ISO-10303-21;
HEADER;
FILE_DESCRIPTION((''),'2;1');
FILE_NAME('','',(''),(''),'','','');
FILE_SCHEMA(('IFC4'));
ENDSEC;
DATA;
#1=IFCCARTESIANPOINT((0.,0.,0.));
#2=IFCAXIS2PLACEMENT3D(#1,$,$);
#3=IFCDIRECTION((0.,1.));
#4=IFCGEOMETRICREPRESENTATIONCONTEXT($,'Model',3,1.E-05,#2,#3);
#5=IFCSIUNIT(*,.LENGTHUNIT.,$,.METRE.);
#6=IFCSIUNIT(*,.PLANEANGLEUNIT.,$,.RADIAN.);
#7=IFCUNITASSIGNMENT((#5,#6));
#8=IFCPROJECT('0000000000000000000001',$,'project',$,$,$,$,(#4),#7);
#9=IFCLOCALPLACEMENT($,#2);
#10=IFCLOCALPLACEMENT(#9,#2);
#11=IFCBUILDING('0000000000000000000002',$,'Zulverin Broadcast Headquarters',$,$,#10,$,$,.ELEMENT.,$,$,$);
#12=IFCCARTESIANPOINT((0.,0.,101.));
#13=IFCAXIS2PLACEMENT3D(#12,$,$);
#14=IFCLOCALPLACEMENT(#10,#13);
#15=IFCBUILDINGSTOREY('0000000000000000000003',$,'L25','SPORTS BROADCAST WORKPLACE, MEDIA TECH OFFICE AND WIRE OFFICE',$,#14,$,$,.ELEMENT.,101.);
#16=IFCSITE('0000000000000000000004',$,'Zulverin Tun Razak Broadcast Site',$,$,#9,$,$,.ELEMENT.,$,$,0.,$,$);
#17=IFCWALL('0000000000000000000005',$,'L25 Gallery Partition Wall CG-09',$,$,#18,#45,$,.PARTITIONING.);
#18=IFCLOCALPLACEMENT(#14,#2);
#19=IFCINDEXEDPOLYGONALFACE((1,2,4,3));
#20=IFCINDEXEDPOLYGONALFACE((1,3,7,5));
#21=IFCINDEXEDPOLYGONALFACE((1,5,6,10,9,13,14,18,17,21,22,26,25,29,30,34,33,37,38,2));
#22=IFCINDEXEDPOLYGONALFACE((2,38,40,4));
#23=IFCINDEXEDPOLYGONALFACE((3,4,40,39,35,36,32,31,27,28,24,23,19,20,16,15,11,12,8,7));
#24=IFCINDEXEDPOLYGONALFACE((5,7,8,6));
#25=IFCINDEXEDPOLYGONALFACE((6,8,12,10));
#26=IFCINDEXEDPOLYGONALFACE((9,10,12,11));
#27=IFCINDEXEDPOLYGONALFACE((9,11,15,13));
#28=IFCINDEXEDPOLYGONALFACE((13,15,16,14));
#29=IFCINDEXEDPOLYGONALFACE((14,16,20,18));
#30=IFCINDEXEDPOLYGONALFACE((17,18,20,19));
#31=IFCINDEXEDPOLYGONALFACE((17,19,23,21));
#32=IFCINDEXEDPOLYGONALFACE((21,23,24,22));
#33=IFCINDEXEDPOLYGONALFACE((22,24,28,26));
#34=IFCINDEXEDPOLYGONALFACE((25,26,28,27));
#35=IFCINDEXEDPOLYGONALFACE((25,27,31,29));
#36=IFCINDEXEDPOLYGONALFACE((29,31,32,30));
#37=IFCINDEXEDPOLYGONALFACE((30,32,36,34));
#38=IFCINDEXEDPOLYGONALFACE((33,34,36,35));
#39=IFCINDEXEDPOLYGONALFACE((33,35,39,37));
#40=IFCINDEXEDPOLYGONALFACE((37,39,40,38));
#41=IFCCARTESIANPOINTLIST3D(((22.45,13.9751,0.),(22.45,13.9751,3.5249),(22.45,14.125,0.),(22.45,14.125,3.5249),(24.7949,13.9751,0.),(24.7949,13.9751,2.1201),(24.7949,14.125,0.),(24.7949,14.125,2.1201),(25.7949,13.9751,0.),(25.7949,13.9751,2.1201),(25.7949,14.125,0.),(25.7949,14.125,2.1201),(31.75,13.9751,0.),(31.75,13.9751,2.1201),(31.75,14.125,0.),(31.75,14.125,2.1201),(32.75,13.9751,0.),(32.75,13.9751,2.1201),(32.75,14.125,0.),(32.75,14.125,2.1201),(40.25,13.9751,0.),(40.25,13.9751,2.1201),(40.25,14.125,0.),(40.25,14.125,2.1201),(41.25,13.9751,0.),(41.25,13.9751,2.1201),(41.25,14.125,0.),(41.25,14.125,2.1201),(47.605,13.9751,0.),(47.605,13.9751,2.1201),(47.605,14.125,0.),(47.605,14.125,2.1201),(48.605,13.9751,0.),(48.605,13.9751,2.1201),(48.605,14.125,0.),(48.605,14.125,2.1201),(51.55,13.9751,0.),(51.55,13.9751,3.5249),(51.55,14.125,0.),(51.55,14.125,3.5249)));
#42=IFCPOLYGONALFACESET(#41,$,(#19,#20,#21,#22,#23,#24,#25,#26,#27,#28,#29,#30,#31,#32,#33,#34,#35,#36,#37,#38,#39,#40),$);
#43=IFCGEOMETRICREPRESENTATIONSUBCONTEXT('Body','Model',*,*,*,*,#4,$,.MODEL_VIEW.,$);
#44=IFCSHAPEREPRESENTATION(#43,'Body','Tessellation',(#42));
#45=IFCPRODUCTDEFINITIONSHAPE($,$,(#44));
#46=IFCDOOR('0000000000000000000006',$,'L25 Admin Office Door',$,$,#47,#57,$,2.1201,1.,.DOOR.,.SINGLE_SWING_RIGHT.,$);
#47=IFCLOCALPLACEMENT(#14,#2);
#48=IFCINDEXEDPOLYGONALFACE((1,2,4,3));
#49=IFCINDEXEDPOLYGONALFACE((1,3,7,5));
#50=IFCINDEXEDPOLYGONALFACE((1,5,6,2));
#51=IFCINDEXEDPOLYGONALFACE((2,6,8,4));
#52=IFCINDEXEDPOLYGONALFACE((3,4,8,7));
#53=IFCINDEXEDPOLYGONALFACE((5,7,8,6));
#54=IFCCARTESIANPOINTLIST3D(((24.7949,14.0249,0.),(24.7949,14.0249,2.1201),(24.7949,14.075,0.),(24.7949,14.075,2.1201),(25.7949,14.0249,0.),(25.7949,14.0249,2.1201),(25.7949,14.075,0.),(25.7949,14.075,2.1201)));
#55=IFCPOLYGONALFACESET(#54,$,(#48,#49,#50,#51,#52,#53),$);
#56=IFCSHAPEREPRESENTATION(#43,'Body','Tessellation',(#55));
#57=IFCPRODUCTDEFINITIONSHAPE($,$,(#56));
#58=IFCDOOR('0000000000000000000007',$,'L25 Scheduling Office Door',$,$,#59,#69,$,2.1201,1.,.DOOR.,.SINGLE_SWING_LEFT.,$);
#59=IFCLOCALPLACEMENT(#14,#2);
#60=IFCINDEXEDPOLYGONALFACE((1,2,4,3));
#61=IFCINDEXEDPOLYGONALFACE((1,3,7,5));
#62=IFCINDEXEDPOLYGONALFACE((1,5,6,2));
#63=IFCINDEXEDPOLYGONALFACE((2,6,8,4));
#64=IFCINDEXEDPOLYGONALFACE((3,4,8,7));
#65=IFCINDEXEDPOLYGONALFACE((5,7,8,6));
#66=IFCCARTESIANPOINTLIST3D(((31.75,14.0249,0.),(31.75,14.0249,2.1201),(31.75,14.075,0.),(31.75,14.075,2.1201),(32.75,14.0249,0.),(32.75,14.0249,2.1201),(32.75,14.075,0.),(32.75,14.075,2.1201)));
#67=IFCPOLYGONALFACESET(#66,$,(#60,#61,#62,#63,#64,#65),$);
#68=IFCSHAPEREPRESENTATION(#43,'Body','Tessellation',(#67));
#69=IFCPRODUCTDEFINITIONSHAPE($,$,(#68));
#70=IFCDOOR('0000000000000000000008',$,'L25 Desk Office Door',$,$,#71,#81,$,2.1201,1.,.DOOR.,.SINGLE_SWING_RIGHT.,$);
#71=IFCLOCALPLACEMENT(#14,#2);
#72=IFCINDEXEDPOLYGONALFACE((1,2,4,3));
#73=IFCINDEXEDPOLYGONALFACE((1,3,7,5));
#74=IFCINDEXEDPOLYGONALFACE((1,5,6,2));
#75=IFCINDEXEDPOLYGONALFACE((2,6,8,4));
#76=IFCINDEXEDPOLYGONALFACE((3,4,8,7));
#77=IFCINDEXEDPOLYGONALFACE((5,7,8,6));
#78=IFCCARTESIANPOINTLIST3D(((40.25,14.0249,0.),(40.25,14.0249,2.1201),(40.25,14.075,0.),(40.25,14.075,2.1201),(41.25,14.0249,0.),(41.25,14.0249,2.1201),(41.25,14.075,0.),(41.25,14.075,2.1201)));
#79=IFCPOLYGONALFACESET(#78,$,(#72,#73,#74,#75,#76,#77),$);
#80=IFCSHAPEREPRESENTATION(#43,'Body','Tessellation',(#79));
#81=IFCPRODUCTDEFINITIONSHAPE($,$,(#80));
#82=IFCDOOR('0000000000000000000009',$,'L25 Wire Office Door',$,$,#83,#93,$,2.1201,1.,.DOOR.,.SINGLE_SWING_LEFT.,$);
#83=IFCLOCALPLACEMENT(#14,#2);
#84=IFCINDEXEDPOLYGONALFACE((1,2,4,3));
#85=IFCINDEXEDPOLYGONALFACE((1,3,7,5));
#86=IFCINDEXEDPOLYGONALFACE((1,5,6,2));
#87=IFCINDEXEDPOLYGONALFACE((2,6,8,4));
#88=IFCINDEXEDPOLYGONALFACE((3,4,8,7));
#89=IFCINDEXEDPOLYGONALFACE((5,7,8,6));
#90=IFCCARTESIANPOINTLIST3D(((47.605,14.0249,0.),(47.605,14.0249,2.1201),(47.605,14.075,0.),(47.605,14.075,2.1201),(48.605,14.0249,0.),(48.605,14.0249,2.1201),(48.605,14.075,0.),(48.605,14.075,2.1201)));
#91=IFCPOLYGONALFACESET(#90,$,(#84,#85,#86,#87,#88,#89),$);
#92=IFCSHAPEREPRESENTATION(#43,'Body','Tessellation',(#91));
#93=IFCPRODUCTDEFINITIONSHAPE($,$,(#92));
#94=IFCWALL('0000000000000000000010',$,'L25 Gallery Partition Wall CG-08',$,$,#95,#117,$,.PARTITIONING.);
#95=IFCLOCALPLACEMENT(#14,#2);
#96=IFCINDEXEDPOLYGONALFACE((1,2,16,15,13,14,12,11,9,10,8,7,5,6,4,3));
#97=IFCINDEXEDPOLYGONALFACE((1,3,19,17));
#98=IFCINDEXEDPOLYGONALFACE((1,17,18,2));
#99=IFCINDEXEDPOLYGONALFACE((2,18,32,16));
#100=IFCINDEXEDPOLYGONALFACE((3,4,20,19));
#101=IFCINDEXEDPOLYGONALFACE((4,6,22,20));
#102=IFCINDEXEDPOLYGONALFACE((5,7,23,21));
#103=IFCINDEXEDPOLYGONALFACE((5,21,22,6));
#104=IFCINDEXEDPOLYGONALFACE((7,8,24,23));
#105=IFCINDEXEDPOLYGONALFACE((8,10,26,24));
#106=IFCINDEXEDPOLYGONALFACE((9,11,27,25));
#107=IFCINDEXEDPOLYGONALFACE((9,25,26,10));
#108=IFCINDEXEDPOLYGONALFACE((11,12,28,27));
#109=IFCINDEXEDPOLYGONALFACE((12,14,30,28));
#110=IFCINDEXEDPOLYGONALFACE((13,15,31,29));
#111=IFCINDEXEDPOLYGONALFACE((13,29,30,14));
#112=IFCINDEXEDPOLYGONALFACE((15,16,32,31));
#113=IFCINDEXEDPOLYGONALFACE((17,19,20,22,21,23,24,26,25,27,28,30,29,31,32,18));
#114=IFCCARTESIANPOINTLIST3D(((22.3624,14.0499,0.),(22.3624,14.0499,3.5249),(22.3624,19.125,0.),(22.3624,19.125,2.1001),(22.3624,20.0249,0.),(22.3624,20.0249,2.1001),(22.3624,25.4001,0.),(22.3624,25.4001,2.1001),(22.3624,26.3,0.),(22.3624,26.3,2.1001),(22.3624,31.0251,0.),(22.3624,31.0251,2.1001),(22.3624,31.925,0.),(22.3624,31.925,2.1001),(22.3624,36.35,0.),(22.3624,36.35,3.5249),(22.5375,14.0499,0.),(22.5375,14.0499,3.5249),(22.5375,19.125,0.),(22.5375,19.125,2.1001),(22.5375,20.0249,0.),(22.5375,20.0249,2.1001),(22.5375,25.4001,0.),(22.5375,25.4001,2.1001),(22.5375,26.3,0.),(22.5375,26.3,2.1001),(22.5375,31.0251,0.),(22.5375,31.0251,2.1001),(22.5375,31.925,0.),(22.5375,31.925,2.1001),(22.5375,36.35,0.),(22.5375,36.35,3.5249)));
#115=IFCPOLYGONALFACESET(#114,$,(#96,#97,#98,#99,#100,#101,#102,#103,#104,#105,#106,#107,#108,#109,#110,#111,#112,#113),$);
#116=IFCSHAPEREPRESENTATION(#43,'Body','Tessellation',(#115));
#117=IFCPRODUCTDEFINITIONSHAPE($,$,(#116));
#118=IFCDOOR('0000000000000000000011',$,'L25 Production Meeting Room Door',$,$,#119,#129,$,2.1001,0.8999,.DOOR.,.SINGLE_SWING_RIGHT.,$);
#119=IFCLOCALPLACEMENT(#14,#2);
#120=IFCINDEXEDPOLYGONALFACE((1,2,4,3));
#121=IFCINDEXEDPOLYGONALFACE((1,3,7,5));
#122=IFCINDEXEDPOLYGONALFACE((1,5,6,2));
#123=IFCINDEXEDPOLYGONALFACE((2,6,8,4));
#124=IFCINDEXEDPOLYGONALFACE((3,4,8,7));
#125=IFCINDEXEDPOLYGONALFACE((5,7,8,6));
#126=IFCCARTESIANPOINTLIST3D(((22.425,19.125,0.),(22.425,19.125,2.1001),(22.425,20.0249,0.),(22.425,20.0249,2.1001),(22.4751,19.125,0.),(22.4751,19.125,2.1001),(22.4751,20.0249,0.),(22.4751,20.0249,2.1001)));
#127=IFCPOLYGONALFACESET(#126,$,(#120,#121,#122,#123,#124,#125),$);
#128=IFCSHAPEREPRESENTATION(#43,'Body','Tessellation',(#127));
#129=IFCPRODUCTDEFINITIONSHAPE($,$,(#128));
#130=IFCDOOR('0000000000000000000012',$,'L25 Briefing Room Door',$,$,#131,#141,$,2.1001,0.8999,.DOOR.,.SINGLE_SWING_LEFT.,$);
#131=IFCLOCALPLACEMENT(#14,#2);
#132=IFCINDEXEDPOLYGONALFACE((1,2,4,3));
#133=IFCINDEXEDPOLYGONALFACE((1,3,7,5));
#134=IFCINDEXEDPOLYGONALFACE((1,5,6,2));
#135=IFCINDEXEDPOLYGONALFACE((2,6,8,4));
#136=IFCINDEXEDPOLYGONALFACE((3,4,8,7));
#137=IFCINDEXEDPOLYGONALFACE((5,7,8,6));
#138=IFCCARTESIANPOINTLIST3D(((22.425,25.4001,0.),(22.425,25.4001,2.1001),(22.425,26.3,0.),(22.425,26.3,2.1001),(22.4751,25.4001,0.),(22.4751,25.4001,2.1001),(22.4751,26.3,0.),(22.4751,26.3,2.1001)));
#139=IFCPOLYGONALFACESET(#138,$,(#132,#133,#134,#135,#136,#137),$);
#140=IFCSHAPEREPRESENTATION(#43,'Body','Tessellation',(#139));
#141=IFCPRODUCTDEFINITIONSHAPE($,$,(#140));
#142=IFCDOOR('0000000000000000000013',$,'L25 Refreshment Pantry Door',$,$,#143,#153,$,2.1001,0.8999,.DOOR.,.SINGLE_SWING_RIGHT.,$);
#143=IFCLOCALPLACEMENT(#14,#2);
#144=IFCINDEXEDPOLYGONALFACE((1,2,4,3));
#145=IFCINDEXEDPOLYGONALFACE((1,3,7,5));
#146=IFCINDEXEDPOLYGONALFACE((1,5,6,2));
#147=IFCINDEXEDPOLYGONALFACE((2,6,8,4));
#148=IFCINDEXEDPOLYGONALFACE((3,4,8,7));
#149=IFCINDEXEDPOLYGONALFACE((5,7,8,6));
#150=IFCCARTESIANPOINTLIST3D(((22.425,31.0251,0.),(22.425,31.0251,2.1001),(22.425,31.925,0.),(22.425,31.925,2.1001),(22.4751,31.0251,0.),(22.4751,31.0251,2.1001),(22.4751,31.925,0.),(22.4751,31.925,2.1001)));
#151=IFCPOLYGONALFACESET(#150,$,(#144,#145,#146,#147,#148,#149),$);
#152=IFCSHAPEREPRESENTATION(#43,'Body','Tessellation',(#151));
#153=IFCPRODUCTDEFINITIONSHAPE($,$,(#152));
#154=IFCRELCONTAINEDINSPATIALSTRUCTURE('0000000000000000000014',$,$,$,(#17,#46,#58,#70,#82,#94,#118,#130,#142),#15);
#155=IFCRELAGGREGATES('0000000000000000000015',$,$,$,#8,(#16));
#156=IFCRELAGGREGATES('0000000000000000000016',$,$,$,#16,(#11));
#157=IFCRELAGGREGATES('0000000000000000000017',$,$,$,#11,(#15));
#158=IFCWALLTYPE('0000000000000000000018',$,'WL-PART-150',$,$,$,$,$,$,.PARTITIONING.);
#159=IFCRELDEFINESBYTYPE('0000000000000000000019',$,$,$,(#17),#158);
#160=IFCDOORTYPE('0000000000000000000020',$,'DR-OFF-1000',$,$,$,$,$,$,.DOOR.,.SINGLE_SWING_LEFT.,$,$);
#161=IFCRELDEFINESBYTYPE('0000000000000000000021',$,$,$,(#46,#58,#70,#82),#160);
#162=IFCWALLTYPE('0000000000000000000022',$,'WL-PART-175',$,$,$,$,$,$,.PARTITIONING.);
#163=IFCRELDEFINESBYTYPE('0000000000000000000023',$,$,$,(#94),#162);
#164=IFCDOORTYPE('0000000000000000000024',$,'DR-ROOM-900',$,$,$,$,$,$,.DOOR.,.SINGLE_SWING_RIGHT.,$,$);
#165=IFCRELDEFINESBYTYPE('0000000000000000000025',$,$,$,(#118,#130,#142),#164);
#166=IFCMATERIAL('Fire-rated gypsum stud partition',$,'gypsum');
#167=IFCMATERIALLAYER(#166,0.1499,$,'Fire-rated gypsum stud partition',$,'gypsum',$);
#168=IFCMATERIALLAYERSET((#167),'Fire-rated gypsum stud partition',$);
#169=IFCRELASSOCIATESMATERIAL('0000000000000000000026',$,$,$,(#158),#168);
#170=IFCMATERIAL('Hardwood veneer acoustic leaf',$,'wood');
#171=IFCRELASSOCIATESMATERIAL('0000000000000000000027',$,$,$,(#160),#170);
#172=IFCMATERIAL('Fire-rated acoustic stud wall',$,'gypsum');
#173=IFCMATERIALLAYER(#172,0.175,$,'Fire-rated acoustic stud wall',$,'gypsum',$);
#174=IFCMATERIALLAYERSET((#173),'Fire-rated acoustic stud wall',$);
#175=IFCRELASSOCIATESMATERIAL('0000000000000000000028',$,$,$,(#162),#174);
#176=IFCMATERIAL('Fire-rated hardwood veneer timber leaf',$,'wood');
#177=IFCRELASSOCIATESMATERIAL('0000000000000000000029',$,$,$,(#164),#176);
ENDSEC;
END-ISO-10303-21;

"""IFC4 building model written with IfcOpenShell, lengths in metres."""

from ifc_helpers import new_model, si_unit, direction, frame, frame_2d, origin, place, context, subcontext, project, spatial, rectangle, extrude, material, layer, layer_set, type_object, element, fill, save


model = new_model("IFC4")

# Units and contexts
model_context = context("Model", 3, precision=1e-05, world=origin(), true_north=direction((0.0, 1.0)))
body_context = subcontext(model_context, "Body", "Model", "MODEL_VIEW")
ifc_project = project(units=[si_unit("LENGTHUNIT", "METRE"), si_unit("PLANEANGLEUNIT", "RADIAN")], contexts=[model_context])

# Site, building, storey
site_placement = place(None, origin())
site = spatial("IfcSite", under=ifc_project, at=site_placement, Name="Zulverin Tun Razak Broadcast Site", CompositionType="ELEMENT", RefElevation=0.0)
building_placement = place(site_placement, origin())
building = spatial("IfcBuilding", under=site, at=building_placement, Name="Zulverin Broadcast Headquarters", CompositionType="ELEMENT")
storey_placement = place(building_placement, frame((0.0, 0.0, 101.0)))
storey = spatial("IfcBuildingStorey", under=building, at=storey_placement, Name="L25", Description="SPORTS BROADCAST WORKPLACE, MEDIA TECH OFFICE AND WIRE OFFICE", CompositionType="ELEMENT", Elevation=101.0)

# Walls, openings, doors
ifc_material_1 = material(Name="Fire-rated gypsum stud partition", Category="gypsum")
ifc_layer_1 = layer(ifc_material_1, 0.1499, Name="Fire-rated gypsum stud partition", Category="gypsum")
ifc_layer_set_1 = layer_set([ifc_layer_1], Name="Fire-rated gypsum stud partition")
wall_type_1 = type_object("IfcWallType", Name="WL-PART-150", PredefinedType="PARTITIONING", material=ifc_layer_set_1)
wall_1_placement = place(storey_placement, frame((22.45, 14.05, 0.0), z_axis=(0.0, 0.0, 1.0), x_axis=(1.0, 0.0, 0.0)))
wall_1 = element("IfcWall", 1, at=wall_1_placement, inside=storey, type_object=wall_type_1, Name="L25 Gallery Partition Wall CG-09", PredefinedType="PARTITIONING", context=body_context, shape_type="SweptSolid", body=[
    extrude(rectangle(XDim=29.1001, YDim=0.1499, at=frame_2d((14.55, 0.0))), origin(), (0.0, 0.0, 1.0), 3.5249),
])
opening_1_placement = place(wall_1_placement, frame((2.345, 0.0, 0.0)))
opening_1 = element("IfcOpeningElement", 2, at=opening_1_placement, cuts=wall_1, PredefinedType="OPENING", context=body_context, shape_type="SweptSolid", body=[
    extrude(rectangle(XDim=1.0, YDim=2.1201, at=frame_2d((0.5, 1.0601))), frame((0.0, 0.085, 0.0), z_axis=(0.0, -1.0, 0.0), x_axis=(1.0, 0.0, 0.0)), (0.0, 0.0, 1.0), 0.1699),
])
opening_2_placement = place(wall_1_placement, frame((9.3, 0.0, 0.0)))
opening_2 = element("IfcOpeningElement", 3, at=opening_2_placement, cuts=wall_1, PredefinedType="OPENING", context=body_context, shape_type="SweptSolid", body=[
    extrude(rectangle(XDim=1.0, YDim=2.1201, at=frame_2d((0.5, 1.0601))), frame((0.0, 0.085, 0.0), z_axis=(0.0, -1.0, 0.0), x_axis=(1.0, 0.0, 0.0)), (0.0, 0.0, 1.0), 0.1699),
])
opening_3_placement = place(wall_1_placement, frame((17.8, 0.0, 0.0)))
opening_3 = element("IfcOpeningElement", 4, at=opening_3_placement, cuts=wall_1, PredefinedType="OPENING", context=body_context, shape_type="SweptSolid", body=[
    extrude(rectangle(XDim=1.0, YDim=2.1201, at=frame_2d((0.5, 1.0601))), frame((0.0, 0.085, 0.0), z_axis=(0.0, -1.0, 0.0), x_axis=(1.0, 0.0, 0.0)), (0.0, 0.0, 1.0), 0.1699),
])
opening_4_placement = place(wall_1_placement, frame((25.155, 0.0, 0.0)))
opening_4 = element("IfcOpeningElement", 5, at=opening_4_placement, cuts=wall_1, PredefinedType="OPENING", context=body_context, shape_type="SweptSolid", body=[
    extrude(rectangle(XDim=1.0, YDim=2.1201, at=frame_2d((0.5, 1.0601))), frame((0.0, 0.085, 0.0), z_axis=(0.0, -1.0, 0.0), x_axis=(1.0, 0.0, 0.0)), (0.0, 0.0, 1.0), 0.1699),
])
ifc_material_2 = material(Name="Hardwood veneer acoustic leaf", Category="wood")
door_type_1 = type_object("IfcDoorType", Name="DR-OFF-1000", OperationType="SINGLE_SWING_LEFT", PredefinedType="DOOR", material=ifc_material_2)
door_1_placement = place(opening_1_placement, origin())
door_1 = element("IfcDoor", 6, at=door_1_placement, inside=storey, type_object=door_type_1, Name="L25 Admin Office Door", OperationType="SINGLE_SWING_RIGHT", OverallHeight=2.1201, OverallWidth=1.0, PredefinedType="DOOR", context=body_context, shape_type="SweptSolid", body=[
    extrude(rectangle(XDim=1.0, YDim=2.1201, at=frame_2d((0.5, 1.0601))), frame((0.0, 0.0249, 0.0), z_axis=(0.0, -1.0, 0.0), x_axis=(1.0, 0.0, 0.0)), (0.0, 0.0, 1.0), 0.05),
])
fill(opening_1, door_1)
door_2_placement = place(opening_2_placement, origin())
door_2 = element("IfcDoor", 7, at=door_2_placement, inside=storey, type_object=door_type_1, Name="L25 Scheduling Office Door", OperationType="SINGLE_SWING_LEFT", OverallHeight=2.1201, OverallWidth=1.0, PredefinedType="DOOR", context=body_context, shape_type="SweptSolid", body=[
    extrude(rectangle(XDim=1.0, YDim=2.1201, at=frame_2d((0.5, 1.0601))), frame((0.0, 0.0249, 0.0), z_axis=(0.0, -1.0, 0.0), x_axis=(1.0, 0.0, 0.0)), (0.0, 0.0, 1.0), 0.05),
])
fill(opening_2, door_2)
door_3_placement = place(opening_3_placement, origin())
door_3 = element("IfcDoor", 8, at=door_3_placement, inside=storey, type_object=door_type_1, Name="L25 Desk Office Door", OperationType="SINGLE_SWING_RIGHT", OverallHeight=2.1201, OverallWidth=1.0, PredefinedType="DOOR", context=body_context, shape_type="SweptSolid", body=[
    extrude(rectangle(XDim=1.0, YDim=2.1201, at=frame_2d((0.5, 1.0601))), frame((0.0, 0.0249, 0.0), z_axis=(0.0, -1.0, 0.0), x_axis=(1.0, 0.0, 0.0)), (0.0, 0.0, 1.0), 0.05),
])
fill(opening_3, door_3)
door_4_placement = place(opening_4_placement, origin())
door_4 = element("IfcDoor", 9, at=door_4_placement, inside=storey, type_object=door_type_1, Name="L25 Wire Office Door", OperationType="SINGLE_SWING_LEFT", OverallHeight=2.1201, OverallWidth=1.0, PredefinedType="DOOR", context=body_context, shape_type="SweptSolid", body=[
    extrude(rectangle(XDim=1.0, YDim=2.1201, at=frame_2d((0.5, 1.0601))), frame((0.0, 0.0249, 0.0), z_axis=(0.0, -1.0, 0.0), x_axis=(1.0, 0.0, 0.0)), (0.0, 0.0, 1.0), 0.05),
])
fill(opening_4, door_4)
ifc_material_3 = material(Name="Fire-rated acoustic stud wall", Category="gypsum")
ifc_layer_2 = layer(ifc_material_3, 0.175, Name="Fire-rated acoustic stud wall", Category="gypsum")
ifc_layer_set_2 = layer_set([ifc_layer_2], Name="Fire-rated acoustic stud wall")
wall_type_2 = type_object("IfcWallType", Name="WL-PART-175", PredefinedType="PARTITIONING", material=ifc_layer_set_2)
wall_2_placement = place(storey_placement, frame((22.45, 14.05, 0.0), z_axis=(0.0, 0.0, 1.0), x_axis=(0.0, 1.0, 0.0)))
wall_2 = element("IfcWall", 10, at=wall_2_placement, inside=storey, type_object=wall_type_2, Name="L25 Gallery Partition Wall CG-08", PredefinedType="PARTITIONING", context=body_context, shape_type="SweptSolid", body=[
    extrude(rectangle(XDim=22.3, YDim=0.175, at=frame_2d((11.1499, 0.0))), origin(), (0.0, 0.0, 1.0), 3.5249),
])
opening_5_placement = place(wall_2_placement, frame((5.075, 0.0, 0.0)))
opening_5 = element("IfcOpeningElement", 11, at=opening_5_placement, cuts=wall_2, PredefinedType="OPENING", context=body_context, shape_type="SweptSolid", body=[
    extrude(rectangle(XDim=0.8999, YDim=2.1001, at=frame_2d((0.45, 1.05))), frame((0.0, 0.0974, 0.0), z_axis=(0.0, -1.0, 0.0), x_axis=(1.0, 0.0, 0.0)), (0.0, 0.0, 1.0), 0.1951),
])
opening_6_placement = place(wall_2_placement, frame((11.3501, 0.0, 0.0)))
opening_6 = element("IfcOpeningElement", 12, at=opening_6_placement, cuts=wall_2, PredefinedType="OPENING", context=body_context, shape_type="SweptSolid", body=[
    extrude(rectangle(XDim=0.8999, YDim=2.1001, at=frame_2d((0.45, 1.05))), frame((0.0, 0.0974, 0.0), z_axis=(0.0, -1.0, 0.0), x_axis=(1.0, 0.0, 0.0)), (0.0, 0.0, 1.0), 0.1951),
])
opening_7_placement = place(wall_2_placement, frame((16.9751, 0.0, 0.0)))
opening_7 = element("IfcOpeningElement", 13, at=opening_7_placement, cuts=wall_2, PredefinedType="OPENING", context=body_context, shape_type="SweptSolid", body=[
    extrude(rectangle(XDim=0.8999, YDim=2.1001, at=frame_2d((0.45, 1.05))), frame((0.0, 0.0974, 0.0), z_axis=(0.0, -1.0, 0.0), x_axis=(1.0, 0.0, 0.0)), (0.0, 0.0, 1.0), 0.1951),
])
ifc_material_4 = material(Name="Fire-rated hardwood veneer timber leaf", Category="wood")
door_type_2 = type_object("IfcDoorType", Name="DR-ROOM-900", OperationType="SINGLE_SWING_RIGHT", PredefinedType="DOOR", material=ifc_material_4)
door_5_placement = place(opening_5_placement, origin())
door_5 = element("IfcDoor", 14, at=door_5_placement, inside=storey, type_object=door_type_2, Name="L25 Production Meeting Room Door", OperationType="SINGLE_SWING_RIGHT", OverallHeight=2.1001, OverallWidth=0.8999, PredefinedType="DOOR", context=body_context, shape_type="SweptSolid", body=[
    extrude(rectangle(XDim=0.8999, YDim=2.1001, at=frame_2d((0.45, 1.05))), frame((0.0, 0.0249, 0.0), z_axis=(0.0, -1.0, 0.0), x_axis=(1.0, 0.0, 0.0)), (0.0, 0.0, 1.0), 0.05),
])
fill(opening_5, door_5)
door_6_placement = place(opening_6_placement, origin())
door_6 = element("IfcDoor", 15, at=door_6_placement, inside=storey, type_object=door_type_2, Name="L25 Briefing Room Door", OperationType="SINGLE_SWING_LEFT", OverallHeight=2.1001, OverallWidth=0.8999, PredefinedType="DOOR", context=body_context, shape_type="SweptSolid", body=[
    extrude(rectangle(XDim=0.8999, YDim=2.1001, at=frame_2d((0.45, 1.05))), frame((0.0, 0.0249, 0.0), z_axis=(0.0, -1.0, 0.0), x_axis=(1.0, 0.0, 0.0)), (0.0, 0.0, 1.0), 0.05),
])
fill(opening_6, door_6)
door_7_placement = place(opening_7_placement, origin())
door_7 = element("IfcDoor", 16, at=door_7_placement, inside=storey, type_object=door_type_2, Name="L25 Refreshment Pantry Door", OperationType="SINGLE_SWING_RIGHT", OverallHeight=2.1001, OverallWidth=0.8999, PredefinedType="DOOR", context=body_context, shape_type="SweptSolid", body=[
    extrude(rectangle(XDim=0.8999, YDim=2.1001, at=frame_2d((0.45, 1.05))), frame((0.0, 0.0249, 0.0), z_axis=(0.0, -1.0, 0.0), x_axis=(1.0, 0.0, 0.0)), (0.0, 0.0, 1.0), 0.05),
])
fill(opening_7, door_7)

save(model, "model.ifc")
